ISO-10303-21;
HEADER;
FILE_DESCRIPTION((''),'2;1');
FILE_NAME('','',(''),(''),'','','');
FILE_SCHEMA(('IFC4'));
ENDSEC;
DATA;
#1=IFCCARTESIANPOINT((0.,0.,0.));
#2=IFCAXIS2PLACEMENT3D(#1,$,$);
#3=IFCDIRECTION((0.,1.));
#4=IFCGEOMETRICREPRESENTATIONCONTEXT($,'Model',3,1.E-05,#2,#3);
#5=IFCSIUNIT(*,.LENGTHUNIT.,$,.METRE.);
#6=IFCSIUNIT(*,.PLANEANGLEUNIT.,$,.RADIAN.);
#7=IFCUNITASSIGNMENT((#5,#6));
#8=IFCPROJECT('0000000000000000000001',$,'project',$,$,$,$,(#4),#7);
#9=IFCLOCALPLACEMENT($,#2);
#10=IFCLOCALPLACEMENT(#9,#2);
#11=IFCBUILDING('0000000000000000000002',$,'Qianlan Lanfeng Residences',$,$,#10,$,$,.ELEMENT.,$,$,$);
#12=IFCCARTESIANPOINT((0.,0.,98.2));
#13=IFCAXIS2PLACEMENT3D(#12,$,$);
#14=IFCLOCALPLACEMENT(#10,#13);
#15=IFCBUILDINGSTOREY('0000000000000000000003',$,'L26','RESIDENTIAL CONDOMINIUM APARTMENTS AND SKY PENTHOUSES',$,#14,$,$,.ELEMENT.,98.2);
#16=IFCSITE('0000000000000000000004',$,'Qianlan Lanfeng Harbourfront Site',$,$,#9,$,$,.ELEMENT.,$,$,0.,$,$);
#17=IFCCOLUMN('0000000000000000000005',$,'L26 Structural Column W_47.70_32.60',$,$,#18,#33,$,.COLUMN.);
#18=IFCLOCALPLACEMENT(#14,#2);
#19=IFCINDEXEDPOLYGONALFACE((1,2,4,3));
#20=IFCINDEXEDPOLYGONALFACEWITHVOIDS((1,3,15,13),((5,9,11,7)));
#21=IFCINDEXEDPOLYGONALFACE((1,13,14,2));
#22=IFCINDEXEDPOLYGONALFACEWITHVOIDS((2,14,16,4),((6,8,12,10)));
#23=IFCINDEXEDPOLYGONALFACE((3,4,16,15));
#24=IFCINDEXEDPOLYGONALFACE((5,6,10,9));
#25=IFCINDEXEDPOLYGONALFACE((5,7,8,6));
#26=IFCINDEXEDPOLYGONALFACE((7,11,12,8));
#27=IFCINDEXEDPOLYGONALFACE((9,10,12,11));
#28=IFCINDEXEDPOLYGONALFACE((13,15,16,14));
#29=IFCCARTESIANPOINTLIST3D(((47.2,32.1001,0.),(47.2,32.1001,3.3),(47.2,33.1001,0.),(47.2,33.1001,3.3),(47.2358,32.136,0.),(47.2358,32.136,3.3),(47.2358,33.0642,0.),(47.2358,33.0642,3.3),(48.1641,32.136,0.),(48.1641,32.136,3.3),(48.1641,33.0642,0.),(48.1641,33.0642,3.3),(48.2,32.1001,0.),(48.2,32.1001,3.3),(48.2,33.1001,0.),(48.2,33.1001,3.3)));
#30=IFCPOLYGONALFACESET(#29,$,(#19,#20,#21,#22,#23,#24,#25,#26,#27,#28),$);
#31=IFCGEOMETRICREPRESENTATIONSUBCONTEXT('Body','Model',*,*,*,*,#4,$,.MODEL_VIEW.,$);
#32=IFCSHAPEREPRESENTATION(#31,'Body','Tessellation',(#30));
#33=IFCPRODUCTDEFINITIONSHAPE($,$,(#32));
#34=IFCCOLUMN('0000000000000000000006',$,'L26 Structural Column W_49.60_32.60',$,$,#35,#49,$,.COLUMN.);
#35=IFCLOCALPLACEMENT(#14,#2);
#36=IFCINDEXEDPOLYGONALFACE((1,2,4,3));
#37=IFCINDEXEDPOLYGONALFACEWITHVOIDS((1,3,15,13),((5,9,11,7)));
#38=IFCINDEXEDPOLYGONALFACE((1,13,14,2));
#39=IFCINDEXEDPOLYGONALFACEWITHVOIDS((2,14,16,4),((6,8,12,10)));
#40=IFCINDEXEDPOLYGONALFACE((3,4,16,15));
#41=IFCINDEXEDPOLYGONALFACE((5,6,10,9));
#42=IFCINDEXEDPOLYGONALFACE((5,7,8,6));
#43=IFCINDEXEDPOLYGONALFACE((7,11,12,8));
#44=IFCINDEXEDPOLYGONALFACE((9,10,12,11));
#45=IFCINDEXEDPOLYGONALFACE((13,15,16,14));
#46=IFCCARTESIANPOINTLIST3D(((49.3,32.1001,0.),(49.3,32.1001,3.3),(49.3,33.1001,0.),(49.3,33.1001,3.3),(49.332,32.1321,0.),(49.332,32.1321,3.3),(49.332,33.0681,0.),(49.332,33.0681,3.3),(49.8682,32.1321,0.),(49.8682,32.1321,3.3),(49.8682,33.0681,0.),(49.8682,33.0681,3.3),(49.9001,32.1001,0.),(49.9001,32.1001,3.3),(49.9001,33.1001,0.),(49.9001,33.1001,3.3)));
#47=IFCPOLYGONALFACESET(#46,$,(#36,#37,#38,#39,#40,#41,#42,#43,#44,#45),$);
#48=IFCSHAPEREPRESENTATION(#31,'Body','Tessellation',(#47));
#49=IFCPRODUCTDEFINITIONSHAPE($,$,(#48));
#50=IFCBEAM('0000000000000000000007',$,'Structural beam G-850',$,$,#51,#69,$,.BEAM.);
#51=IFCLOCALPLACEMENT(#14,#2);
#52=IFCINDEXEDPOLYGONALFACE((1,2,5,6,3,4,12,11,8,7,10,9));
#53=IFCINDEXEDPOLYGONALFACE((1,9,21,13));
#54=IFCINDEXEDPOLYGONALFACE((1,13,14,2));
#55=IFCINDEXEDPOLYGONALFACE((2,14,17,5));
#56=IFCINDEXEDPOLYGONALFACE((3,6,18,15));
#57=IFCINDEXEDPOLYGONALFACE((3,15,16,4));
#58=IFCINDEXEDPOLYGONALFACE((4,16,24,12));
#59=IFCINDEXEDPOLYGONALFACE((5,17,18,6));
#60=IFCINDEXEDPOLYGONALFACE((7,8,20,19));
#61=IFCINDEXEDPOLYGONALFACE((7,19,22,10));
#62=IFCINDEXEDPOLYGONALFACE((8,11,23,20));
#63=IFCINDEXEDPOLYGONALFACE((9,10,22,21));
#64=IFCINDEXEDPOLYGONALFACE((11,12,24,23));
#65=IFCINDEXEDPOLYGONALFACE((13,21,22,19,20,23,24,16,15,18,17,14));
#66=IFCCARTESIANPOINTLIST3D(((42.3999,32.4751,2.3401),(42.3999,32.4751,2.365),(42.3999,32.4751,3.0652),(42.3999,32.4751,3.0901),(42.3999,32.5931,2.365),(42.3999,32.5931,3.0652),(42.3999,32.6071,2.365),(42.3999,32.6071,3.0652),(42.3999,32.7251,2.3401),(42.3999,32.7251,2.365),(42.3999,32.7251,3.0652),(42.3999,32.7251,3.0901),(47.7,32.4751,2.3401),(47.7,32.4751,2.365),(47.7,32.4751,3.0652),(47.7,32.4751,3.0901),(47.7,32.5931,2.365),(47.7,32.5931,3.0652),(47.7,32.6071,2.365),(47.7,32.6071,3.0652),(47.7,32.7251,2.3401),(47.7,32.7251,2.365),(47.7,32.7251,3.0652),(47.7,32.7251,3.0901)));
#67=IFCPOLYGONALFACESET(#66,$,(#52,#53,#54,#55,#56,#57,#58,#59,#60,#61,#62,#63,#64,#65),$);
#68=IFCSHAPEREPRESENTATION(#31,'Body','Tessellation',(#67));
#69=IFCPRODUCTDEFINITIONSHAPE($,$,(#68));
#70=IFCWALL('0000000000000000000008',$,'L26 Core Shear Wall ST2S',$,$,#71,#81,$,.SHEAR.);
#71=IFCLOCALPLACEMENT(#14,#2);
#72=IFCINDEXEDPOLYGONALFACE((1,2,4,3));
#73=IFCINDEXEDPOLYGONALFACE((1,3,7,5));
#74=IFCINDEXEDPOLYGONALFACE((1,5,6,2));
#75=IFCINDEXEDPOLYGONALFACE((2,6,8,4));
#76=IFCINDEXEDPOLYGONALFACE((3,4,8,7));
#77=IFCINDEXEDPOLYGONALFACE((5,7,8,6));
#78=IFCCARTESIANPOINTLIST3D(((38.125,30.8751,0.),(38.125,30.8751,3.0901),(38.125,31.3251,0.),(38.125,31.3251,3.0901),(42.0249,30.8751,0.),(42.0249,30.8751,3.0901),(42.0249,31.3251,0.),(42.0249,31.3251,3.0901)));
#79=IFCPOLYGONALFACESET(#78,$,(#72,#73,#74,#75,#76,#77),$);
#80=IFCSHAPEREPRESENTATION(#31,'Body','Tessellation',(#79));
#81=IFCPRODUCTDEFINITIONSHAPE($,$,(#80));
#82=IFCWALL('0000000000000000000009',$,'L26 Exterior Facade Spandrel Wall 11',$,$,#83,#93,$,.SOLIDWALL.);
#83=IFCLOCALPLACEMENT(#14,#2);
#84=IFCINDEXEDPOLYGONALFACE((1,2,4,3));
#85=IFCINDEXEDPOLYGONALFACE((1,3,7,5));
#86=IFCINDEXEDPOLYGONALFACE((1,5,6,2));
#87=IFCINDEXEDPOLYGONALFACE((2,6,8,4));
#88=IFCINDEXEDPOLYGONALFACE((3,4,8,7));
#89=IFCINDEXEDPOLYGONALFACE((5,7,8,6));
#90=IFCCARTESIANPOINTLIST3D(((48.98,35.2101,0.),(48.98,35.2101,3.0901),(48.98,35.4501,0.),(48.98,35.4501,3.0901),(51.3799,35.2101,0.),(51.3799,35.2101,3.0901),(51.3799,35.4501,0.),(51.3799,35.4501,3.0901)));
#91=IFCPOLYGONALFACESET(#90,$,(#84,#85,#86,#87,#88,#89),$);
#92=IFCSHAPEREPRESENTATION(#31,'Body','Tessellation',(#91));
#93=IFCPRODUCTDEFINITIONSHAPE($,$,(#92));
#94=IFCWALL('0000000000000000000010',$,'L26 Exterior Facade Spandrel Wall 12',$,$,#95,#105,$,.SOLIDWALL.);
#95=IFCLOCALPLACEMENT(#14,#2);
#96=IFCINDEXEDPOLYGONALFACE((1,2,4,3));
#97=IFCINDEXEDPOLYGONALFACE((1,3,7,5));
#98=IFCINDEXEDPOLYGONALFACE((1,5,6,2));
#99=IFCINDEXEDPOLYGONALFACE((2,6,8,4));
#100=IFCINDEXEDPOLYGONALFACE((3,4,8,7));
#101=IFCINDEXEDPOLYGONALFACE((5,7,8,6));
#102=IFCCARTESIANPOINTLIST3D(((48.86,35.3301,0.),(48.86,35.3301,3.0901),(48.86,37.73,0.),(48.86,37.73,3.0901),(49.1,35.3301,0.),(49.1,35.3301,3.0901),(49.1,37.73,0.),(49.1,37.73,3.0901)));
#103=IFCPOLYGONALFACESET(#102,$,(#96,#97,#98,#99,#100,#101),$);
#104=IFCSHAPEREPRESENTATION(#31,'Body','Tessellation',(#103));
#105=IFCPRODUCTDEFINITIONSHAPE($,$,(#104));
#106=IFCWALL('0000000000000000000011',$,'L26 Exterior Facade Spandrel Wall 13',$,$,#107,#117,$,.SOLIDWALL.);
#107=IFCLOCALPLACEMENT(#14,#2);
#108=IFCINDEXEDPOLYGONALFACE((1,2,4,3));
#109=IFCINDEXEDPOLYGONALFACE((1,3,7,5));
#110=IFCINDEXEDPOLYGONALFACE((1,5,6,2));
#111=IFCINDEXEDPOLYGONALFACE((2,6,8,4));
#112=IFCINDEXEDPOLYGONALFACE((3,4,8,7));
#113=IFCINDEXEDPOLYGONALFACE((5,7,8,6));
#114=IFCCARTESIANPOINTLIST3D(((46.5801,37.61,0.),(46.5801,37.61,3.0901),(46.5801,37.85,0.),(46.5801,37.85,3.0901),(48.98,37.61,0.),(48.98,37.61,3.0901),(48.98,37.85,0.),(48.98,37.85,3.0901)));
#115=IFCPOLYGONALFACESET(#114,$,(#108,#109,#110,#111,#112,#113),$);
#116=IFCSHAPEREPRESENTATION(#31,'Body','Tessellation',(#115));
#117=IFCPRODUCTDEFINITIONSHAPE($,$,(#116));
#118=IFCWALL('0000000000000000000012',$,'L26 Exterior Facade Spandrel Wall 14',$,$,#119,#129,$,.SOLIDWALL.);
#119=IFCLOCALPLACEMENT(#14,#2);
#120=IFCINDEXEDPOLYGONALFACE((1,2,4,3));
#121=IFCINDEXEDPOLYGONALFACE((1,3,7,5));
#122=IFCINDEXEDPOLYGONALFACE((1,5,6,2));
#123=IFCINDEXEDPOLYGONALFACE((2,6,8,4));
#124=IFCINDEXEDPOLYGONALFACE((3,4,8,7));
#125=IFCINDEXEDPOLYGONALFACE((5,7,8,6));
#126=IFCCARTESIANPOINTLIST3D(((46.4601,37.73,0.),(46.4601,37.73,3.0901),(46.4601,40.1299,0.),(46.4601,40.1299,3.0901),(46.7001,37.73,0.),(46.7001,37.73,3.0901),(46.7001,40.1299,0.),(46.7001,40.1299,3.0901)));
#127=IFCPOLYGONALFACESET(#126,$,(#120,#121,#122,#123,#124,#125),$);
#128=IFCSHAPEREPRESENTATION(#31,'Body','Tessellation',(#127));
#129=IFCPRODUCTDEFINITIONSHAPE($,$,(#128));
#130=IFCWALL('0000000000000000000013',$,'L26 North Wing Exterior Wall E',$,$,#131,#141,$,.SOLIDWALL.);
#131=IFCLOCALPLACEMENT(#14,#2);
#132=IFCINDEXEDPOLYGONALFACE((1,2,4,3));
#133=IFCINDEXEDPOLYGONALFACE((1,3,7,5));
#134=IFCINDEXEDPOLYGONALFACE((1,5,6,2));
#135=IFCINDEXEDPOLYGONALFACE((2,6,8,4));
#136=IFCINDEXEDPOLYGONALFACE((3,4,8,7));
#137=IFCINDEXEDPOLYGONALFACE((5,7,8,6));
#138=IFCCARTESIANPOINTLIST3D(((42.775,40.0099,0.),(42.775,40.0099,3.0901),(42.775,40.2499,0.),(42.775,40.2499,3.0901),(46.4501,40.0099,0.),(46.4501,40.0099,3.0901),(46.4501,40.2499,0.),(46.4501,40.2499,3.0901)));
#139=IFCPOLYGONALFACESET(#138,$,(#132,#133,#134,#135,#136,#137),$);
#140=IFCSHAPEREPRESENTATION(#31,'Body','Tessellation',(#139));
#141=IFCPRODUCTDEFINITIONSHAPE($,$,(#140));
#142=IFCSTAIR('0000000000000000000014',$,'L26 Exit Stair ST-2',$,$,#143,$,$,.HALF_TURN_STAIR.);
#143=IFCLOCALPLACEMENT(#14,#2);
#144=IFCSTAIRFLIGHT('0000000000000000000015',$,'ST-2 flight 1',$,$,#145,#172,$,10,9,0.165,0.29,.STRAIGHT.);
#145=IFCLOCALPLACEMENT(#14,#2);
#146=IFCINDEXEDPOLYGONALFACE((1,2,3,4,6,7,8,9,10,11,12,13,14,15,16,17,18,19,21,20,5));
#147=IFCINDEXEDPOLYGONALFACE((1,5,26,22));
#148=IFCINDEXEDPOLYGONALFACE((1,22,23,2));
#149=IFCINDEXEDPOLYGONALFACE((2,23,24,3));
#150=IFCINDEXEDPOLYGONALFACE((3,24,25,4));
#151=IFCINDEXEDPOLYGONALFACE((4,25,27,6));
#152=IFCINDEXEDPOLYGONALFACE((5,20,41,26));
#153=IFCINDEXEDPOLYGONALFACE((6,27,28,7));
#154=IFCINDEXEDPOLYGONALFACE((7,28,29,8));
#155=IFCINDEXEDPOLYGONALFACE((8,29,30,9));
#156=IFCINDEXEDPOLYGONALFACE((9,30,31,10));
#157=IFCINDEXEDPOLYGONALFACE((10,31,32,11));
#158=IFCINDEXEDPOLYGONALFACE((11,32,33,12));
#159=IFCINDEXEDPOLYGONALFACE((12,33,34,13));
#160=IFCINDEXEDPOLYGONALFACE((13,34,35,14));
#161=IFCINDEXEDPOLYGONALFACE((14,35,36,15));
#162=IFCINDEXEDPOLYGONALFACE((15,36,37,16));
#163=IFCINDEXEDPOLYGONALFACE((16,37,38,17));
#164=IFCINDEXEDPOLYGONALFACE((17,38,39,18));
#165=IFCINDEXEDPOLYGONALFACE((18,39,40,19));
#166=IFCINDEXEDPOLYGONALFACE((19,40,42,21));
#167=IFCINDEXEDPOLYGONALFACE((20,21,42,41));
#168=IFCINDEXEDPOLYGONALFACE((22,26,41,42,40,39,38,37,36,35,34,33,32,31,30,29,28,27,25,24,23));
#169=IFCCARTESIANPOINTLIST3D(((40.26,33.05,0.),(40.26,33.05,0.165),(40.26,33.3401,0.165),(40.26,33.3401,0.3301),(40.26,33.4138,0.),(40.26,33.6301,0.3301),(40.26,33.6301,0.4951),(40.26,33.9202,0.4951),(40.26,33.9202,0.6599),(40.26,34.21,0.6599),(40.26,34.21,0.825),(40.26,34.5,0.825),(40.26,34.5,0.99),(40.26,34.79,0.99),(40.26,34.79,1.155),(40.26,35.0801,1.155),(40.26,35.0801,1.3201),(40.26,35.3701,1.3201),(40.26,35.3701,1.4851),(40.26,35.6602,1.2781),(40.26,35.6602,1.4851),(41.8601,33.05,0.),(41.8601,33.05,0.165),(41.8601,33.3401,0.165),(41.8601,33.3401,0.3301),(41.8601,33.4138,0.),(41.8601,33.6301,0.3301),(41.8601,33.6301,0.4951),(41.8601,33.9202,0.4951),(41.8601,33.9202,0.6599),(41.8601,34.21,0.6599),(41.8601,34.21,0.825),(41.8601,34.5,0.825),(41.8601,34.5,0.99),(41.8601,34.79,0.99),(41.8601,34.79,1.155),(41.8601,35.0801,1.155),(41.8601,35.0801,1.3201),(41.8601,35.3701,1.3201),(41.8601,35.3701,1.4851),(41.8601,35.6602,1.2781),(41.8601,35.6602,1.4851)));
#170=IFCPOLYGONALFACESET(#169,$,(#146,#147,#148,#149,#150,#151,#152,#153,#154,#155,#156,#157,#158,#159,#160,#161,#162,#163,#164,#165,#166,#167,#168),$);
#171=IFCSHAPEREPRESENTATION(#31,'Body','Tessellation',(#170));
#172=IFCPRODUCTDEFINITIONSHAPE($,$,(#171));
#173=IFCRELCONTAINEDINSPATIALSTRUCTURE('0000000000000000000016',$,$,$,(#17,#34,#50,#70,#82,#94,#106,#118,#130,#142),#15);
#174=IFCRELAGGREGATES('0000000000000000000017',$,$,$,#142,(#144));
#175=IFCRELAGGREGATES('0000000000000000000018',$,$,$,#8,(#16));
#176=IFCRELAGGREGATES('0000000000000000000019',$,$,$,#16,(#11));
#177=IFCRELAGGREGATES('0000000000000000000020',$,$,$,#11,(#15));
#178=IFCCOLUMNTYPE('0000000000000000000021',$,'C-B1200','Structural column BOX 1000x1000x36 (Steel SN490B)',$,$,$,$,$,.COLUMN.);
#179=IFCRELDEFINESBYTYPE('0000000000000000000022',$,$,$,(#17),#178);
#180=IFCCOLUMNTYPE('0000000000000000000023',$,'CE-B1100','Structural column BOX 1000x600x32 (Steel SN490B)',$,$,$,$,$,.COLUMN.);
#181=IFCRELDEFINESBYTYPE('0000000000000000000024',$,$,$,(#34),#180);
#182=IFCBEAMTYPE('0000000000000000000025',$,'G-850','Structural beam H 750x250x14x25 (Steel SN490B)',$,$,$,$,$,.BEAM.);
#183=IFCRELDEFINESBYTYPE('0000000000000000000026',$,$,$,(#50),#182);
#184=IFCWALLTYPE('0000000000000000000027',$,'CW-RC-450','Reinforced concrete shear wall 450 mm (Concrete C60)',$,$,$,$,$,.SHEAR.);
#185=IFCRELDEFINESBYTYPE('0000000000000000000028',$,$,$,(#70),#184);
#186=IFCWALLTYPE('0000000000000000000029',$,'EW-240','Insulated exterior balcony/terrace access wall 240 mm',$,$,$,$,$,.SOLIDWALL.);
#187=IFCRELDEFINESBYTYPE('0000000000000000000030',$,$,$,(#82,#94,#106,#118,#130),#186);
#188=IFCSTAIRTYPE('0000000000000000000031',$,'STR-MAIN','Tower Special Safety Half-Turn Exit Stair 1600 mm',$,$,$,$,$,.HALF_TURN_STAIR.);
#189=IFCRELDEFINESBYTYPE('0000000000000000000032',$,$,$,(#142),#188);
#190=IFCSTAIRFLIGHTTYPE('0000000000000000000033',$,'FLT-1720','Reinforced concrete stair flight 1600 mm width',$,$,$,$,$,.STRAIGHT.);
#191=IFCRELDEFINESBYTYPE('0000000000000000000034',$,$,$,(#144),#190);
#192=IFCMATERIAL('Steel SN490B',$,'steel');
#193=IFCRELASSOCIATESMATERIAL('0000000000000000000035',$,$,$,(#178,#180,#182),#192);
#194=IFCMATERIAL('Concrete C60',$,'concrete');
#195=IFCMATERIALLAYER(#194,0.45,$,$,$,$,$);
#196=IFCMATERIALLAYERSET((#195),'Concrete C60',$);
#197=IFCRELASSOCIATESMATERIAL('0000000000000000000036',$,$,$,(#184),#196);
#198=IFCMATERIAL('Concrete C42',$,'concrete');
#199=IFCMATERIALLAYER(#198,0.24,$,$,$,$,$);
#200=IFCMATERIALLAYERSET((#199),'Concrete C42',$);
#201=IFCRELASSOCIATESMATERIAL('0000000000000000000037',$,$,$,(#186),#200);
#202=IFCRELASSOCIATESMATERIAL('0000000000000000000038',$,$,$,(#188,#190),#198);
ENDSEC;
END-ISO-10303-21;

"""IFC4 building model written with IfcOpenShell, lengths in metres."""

from ifc_helpers import new_model, si_unit, direction, frame, frame_2d, origin, origin_2d, place, context, subcontext, project, spatial, polyline, rectangle, hollow_rectangle, i_section, outline, extrude, material, layer, layer_set, material_profile, profile_set, type_object, element, aggregate, save


model = new_model("IFC4")

# Units and contexts
model_context = context("Model", 3, precision=1e-05, world=origin(), true_north=direction((0.0, 1.0)))
body_context = subcontext(model_context, "Body", "Model", "MODEL_VIEW")
ifc_project = project(units=[si_unit("LENGTHUNIT", "METRE"), si_unit("PLANEANGLEUNIT", "RADIAN")], contexts=[model_context])

# Site, building, storey
site_placement = place(None, origin())
site = spatial("IfcSite", under=ifc_project, at=site_placement, Name="Qianlan Lanfeng Harbourfront Site", CompositionType="ELEMENT", RefElevation=0.0)
building_placement = place(site_placement, origin())
building = spatial("IfcBuilding", under=site, at=building_placement, Name="Qianlan Lanfeng Residences", CompositionType="ELEMENT")
storey_placement = place(building_placement, frame((0.0, 0.0, 98.2)))
storey = spatial("IfcBuildingStorey", under=building, at=storey_placement, Name="L26", Description="RESIDENTIAL CONDOMINIUM APARTMENTS AND SKY PENTHOUSES", CompositionType="ELEMENT", Elevation=98.2)

# Columns
ifc_material_1 = material(Name="Steel SN490B", Category="steel")
ifc_material_profile_1 = material_profile(ifc_material_1, hollow_rectangle(XDim=1.0, YDim=1.0, WallThickness=0.0359, at=origin_2d()), Name="BOX 1000x1000x36")
ifc_profile_set_1 = profile_set([ifc_material_profile_1], Name="Steel SN490B")
column_type_1 = type_object("IfcColumnType", Name="C-B1200", Description="Structural column BOX 1000x1000x36 (Steel SN490B)", PredefinedType="COLUMN", material=ifc_profile_set_1)
column_1_placement = place(storey_placement, frame((47.7, 32.6001, 0.0), z_axis=(0.0, 0.0, 1.0), x_axis=(1.0, 0.0, 0.0)))
element("IfcColumn", 1, at=column_1_placement, inside=storey, type_object=column_type_1, Name="L26 Structural Column W_47.70_32.60", PredefinedType="COLUMN", context=body_context, shape_type="SweptSolid", body=[
    extrude(hollow_rectangle(XDim=1.0, YDim=1.0, WallThickness=0.0359, at=origin_2d()), origin(), (0.0, 0.0, 1.0), 3.3),
])
ifc_material_profile_2 = material_profile(ifc_material_1, hollow_rectangle(XDim=0.6001, YDim=1.0, WallThickness=0.032, at=origin_2d()), Name="BOX 1000x600x32")
ifc_profile_set_2 = profile_set([ifc_material_profile_2], Name="Steel SN490B")
column_type_2 = type_object("IfcColumnType", Name="CE-B1100", Description="Structural column BOX 1000x600x32 (Steel SN490B)", PredefinedType="COLUMN", material=ifc_profile_set_2)
column_2_placement = place(storey_placement, frame((49.6001, 32.6001, 0.0), z_axis=(0.0, 0.0, 1.0), x_axis=(1.0, 0.0, 0.0)))
element("IfcColumn", 2, at=column_2_placement, inside=storey, type_object=column_type_2, Name="L26 Structural Column W_49.60_32.60", PredefinedType="COLUMN", context=body_context, shape_type="SweptSolid", body=[
    extrude(hollow_rectangle(XDim=0.6001, YDim=1.0, WallThickness=0.032, at=origin_2d()), origin(), (0.0, 0.0, 1.0), 3.3),
])

# Beam
ifc_material_profile_3 = material_profile(ifc_material_1, i_section(OverallWidth=0.25, OverallDepth=0.75, WebThickness=0.0139, FlangeThickness=0.0249, at=origin_2d()), Name="H 750x250x14x25")
ifc_profile_set_3 = profile_set([ifc_material_profile_3], Name="Steel SN490B")
beam_type = type_object("IfcBeamType", Name="G-850", Description="Structural beam H 750x250x14x25 (Steel SN490B)", PredefinedType="BEAM", material=ifc_profile_set_3)
beam_placement = place(storey_placement, frame((42.3999, 32.6001, 2.7151), z_axis=(1.0, 0.0, 0.0), x_axis=(0.0, 1.0, 0.0)))
element("IfcBeam", 3, at=beam_placement, inside=storey, type_object=beam_type, Name="Structural beam G-850", PredefinedType="BEAM", context=body_context, shape_type="SweptSolid", body=[
    extrude(i_section(OverallWidth=0.25, OverallDepth=0.75, WebThickness=0.0139, FlangeThickness=0.0249, at=origin_2d()), origin(), (0.0, 0.0, 1.0), 5.3),
])

# Walls
ifc_material_2 = material(Name="Concrete C60", Category="concrete")
ifc_layer_1 = layer(ifc_material_2, 0.45)
ifc_layer_set_1 = layer_set([ifc_layer_1], Name="Concrete C60")
wall_type_1 = type_object("IfcWallType", Name="CW-RC-450", Description="Reinforced concrete shear wall 450 mm (Concrete C60)", PredefinedType="SHEAR", material=ifc_layer_set_1)
wall_1_placement = place(storey_placement, frame((38.125, 31.1001, 0.0), z_axis=(0.0, 0.0, 1.0), x_axis=(1.0, 0.0, 0.0)))
element("IfcWall", 4, at=wall_1_placement, inside=storey, type_object=wall_type_1, Name="L26 Core Shear Wall ST2S", PredefinedType="SHEAR", context=body_context, shape_type="SweptSolid", body=[
    extrude(rectangle(XDim=3.8999, YDim=0.45, at=frame_2d((1.95, 0.0))), origin(), (0.0, 0.0, 1.0), 3.0901),
])
ifc_material_3 = material(Name="Concrete C42", Category="concrete")
ifc_layer_2 = layer(ifc_material_3, 0.24)
ifc_layer_set_2 = layer_set([ifc_layer_2], Name="Concrete C42")
wall_type_2 = type_object("IfcWallType", Name="EW-240", Description="Insulated exterior balcony/terrace access wall 240 mm", PredefinedType="SOLIDWALL", material=ifc_layer_set_2)
for number, where, z_axis, x_axis, name in (
    (5, (51.3799, 35.3301, 0.0), (0.0, 0.0, 1.0), (-1.0, 0.0, 0.0), "L26 Exterior Facade Spandrel Wall 11"),
    (6, (48.98, 35.3301, 0.0), (0.0, 0.0, 1.0), (0.0, 1.0, 0.0), "L26 Exterior Facade Spandrel Wall 12"),
    (7, (48.98, 37.73, 0.0), (0.0, 0.0, 1.0), (-1.0, 0.0, 0.0), "L26 Exterior Facade Spandrel Wall 13"),
    (8, (46.5801, 37.73, 0.0), (0.0, 0.0, 1.0), (0.0, 1.0, 0.0), "L26 Exterior Facade Spandrel Wall 14"),
):
    element("IfcWall", number, at=place(storey_placement, frame(where, z_axis=z_axis, x_axis=x_axis)), inside=storey, type_object=wall_type_2, Name=name, PredefinedType="SOLIDWALL", context=body_context, shape_type="SweptSolid", body=[
        extrude(rectangle(XDim=2.3999, YDim=0.24, at=frame_2d((1.2, 0.0))), origin(), (0.0, 0.0, 1.0), 3.0901),
    ])
wall_2_placement = place(storey_placement, frame((46.45, 40.1299, 0.0), z_axis=(0.0, 0.0, 1.0), x_axis=(-1.0, 0.0, 0.0)))
element("IfcWall", 9, at=wall_2_placement, inside=storey, type_object=wall_type_2, Name="L26 North Wing Exterior Wall E", PredefinedType="SOLIDWALL", context=body_context, shape_type="SweptSolid", body=[
    extrude(rectangle(XDim=3.675, YDim=0.24, at=frame_2d((1.8374, 0.0))), origin(), (0.0, 0.0, 1.0), 3.0901),
])

# Stair, stair flight
stair_type = type_object("IfcStairType", Name="STR-MAIN", Description="Tower Special Safety Half-Turn Exit Stair 1600 mm", PredefinedType="HALF_TURN_STAIR", material=ifc_material_3)
stair_placement = place(storey_placement, origin())
stair = element("IfcStair", 10, at=stair_placement, inside=storey, type_object=stair_type, Name="L26 Exit Stair ST-2", PredefinedType="HALF_TURN_STAIR")
stair_flight_type = type_object("IfcStairFlightType", Name="FLT-1720", Description="Reinforced concrete stair flight 1600 mm width", PredefinedType="STRAIGHT", material=ifc_material_3)
stair_flight_1_placement = place(storey_placement, frame((41.0601, 33.05, 0.0), z_axis=(0.0, 0.0, 1.0), x_axis=(0.0, 1.0, 0.0)))
stair_flight_1 = element("IfcStairFlight", 11, at=stair_flight_1_placement, type_object=stair_flight_type, Name="ST-2 flight 1", NumberOfRisers=10, NumberOfTreads=9, PredefinedType="STRAIGHT", RiserHeight=0.165, TreadLength=0.29, context=body_context, shape_type="SweptSolid", body=[
    extrude(outline(polyline([(0.0, 0.0), (0.0, 0.165), (0.29, 0.165), (0.29, 0.3301), (0.5801, 0.3301), (0.5801, 0.4951), (0.8701, 0.4951), (0.8701, 0.6599), (1.1599, 0.6599), (1.1599, 0.825), (1.45, 0.825), (1.45, 0.99), (1.74, 0.99), (1.74, 1.155), (2.03, 1.155), (2.03, 1.3201), (2.3201, 1.3201), (2.3201, 1.4851), (2.6101, 1.4851), (2.6101, 1.6499), (2.6101, 1.2781), (0.3638, 0.0), (0.0, 0.0)])), frame((0.0, 0.8, 0.0), z_axis=(0.0, -1.0, 0.0), x_axis=(1.0, 0.0, 0.0)), (0.0, 0.0, 1.0), 1.6001),
])
aggregate(stair, [stair_flight_1])

save(model, "model.ifc")
